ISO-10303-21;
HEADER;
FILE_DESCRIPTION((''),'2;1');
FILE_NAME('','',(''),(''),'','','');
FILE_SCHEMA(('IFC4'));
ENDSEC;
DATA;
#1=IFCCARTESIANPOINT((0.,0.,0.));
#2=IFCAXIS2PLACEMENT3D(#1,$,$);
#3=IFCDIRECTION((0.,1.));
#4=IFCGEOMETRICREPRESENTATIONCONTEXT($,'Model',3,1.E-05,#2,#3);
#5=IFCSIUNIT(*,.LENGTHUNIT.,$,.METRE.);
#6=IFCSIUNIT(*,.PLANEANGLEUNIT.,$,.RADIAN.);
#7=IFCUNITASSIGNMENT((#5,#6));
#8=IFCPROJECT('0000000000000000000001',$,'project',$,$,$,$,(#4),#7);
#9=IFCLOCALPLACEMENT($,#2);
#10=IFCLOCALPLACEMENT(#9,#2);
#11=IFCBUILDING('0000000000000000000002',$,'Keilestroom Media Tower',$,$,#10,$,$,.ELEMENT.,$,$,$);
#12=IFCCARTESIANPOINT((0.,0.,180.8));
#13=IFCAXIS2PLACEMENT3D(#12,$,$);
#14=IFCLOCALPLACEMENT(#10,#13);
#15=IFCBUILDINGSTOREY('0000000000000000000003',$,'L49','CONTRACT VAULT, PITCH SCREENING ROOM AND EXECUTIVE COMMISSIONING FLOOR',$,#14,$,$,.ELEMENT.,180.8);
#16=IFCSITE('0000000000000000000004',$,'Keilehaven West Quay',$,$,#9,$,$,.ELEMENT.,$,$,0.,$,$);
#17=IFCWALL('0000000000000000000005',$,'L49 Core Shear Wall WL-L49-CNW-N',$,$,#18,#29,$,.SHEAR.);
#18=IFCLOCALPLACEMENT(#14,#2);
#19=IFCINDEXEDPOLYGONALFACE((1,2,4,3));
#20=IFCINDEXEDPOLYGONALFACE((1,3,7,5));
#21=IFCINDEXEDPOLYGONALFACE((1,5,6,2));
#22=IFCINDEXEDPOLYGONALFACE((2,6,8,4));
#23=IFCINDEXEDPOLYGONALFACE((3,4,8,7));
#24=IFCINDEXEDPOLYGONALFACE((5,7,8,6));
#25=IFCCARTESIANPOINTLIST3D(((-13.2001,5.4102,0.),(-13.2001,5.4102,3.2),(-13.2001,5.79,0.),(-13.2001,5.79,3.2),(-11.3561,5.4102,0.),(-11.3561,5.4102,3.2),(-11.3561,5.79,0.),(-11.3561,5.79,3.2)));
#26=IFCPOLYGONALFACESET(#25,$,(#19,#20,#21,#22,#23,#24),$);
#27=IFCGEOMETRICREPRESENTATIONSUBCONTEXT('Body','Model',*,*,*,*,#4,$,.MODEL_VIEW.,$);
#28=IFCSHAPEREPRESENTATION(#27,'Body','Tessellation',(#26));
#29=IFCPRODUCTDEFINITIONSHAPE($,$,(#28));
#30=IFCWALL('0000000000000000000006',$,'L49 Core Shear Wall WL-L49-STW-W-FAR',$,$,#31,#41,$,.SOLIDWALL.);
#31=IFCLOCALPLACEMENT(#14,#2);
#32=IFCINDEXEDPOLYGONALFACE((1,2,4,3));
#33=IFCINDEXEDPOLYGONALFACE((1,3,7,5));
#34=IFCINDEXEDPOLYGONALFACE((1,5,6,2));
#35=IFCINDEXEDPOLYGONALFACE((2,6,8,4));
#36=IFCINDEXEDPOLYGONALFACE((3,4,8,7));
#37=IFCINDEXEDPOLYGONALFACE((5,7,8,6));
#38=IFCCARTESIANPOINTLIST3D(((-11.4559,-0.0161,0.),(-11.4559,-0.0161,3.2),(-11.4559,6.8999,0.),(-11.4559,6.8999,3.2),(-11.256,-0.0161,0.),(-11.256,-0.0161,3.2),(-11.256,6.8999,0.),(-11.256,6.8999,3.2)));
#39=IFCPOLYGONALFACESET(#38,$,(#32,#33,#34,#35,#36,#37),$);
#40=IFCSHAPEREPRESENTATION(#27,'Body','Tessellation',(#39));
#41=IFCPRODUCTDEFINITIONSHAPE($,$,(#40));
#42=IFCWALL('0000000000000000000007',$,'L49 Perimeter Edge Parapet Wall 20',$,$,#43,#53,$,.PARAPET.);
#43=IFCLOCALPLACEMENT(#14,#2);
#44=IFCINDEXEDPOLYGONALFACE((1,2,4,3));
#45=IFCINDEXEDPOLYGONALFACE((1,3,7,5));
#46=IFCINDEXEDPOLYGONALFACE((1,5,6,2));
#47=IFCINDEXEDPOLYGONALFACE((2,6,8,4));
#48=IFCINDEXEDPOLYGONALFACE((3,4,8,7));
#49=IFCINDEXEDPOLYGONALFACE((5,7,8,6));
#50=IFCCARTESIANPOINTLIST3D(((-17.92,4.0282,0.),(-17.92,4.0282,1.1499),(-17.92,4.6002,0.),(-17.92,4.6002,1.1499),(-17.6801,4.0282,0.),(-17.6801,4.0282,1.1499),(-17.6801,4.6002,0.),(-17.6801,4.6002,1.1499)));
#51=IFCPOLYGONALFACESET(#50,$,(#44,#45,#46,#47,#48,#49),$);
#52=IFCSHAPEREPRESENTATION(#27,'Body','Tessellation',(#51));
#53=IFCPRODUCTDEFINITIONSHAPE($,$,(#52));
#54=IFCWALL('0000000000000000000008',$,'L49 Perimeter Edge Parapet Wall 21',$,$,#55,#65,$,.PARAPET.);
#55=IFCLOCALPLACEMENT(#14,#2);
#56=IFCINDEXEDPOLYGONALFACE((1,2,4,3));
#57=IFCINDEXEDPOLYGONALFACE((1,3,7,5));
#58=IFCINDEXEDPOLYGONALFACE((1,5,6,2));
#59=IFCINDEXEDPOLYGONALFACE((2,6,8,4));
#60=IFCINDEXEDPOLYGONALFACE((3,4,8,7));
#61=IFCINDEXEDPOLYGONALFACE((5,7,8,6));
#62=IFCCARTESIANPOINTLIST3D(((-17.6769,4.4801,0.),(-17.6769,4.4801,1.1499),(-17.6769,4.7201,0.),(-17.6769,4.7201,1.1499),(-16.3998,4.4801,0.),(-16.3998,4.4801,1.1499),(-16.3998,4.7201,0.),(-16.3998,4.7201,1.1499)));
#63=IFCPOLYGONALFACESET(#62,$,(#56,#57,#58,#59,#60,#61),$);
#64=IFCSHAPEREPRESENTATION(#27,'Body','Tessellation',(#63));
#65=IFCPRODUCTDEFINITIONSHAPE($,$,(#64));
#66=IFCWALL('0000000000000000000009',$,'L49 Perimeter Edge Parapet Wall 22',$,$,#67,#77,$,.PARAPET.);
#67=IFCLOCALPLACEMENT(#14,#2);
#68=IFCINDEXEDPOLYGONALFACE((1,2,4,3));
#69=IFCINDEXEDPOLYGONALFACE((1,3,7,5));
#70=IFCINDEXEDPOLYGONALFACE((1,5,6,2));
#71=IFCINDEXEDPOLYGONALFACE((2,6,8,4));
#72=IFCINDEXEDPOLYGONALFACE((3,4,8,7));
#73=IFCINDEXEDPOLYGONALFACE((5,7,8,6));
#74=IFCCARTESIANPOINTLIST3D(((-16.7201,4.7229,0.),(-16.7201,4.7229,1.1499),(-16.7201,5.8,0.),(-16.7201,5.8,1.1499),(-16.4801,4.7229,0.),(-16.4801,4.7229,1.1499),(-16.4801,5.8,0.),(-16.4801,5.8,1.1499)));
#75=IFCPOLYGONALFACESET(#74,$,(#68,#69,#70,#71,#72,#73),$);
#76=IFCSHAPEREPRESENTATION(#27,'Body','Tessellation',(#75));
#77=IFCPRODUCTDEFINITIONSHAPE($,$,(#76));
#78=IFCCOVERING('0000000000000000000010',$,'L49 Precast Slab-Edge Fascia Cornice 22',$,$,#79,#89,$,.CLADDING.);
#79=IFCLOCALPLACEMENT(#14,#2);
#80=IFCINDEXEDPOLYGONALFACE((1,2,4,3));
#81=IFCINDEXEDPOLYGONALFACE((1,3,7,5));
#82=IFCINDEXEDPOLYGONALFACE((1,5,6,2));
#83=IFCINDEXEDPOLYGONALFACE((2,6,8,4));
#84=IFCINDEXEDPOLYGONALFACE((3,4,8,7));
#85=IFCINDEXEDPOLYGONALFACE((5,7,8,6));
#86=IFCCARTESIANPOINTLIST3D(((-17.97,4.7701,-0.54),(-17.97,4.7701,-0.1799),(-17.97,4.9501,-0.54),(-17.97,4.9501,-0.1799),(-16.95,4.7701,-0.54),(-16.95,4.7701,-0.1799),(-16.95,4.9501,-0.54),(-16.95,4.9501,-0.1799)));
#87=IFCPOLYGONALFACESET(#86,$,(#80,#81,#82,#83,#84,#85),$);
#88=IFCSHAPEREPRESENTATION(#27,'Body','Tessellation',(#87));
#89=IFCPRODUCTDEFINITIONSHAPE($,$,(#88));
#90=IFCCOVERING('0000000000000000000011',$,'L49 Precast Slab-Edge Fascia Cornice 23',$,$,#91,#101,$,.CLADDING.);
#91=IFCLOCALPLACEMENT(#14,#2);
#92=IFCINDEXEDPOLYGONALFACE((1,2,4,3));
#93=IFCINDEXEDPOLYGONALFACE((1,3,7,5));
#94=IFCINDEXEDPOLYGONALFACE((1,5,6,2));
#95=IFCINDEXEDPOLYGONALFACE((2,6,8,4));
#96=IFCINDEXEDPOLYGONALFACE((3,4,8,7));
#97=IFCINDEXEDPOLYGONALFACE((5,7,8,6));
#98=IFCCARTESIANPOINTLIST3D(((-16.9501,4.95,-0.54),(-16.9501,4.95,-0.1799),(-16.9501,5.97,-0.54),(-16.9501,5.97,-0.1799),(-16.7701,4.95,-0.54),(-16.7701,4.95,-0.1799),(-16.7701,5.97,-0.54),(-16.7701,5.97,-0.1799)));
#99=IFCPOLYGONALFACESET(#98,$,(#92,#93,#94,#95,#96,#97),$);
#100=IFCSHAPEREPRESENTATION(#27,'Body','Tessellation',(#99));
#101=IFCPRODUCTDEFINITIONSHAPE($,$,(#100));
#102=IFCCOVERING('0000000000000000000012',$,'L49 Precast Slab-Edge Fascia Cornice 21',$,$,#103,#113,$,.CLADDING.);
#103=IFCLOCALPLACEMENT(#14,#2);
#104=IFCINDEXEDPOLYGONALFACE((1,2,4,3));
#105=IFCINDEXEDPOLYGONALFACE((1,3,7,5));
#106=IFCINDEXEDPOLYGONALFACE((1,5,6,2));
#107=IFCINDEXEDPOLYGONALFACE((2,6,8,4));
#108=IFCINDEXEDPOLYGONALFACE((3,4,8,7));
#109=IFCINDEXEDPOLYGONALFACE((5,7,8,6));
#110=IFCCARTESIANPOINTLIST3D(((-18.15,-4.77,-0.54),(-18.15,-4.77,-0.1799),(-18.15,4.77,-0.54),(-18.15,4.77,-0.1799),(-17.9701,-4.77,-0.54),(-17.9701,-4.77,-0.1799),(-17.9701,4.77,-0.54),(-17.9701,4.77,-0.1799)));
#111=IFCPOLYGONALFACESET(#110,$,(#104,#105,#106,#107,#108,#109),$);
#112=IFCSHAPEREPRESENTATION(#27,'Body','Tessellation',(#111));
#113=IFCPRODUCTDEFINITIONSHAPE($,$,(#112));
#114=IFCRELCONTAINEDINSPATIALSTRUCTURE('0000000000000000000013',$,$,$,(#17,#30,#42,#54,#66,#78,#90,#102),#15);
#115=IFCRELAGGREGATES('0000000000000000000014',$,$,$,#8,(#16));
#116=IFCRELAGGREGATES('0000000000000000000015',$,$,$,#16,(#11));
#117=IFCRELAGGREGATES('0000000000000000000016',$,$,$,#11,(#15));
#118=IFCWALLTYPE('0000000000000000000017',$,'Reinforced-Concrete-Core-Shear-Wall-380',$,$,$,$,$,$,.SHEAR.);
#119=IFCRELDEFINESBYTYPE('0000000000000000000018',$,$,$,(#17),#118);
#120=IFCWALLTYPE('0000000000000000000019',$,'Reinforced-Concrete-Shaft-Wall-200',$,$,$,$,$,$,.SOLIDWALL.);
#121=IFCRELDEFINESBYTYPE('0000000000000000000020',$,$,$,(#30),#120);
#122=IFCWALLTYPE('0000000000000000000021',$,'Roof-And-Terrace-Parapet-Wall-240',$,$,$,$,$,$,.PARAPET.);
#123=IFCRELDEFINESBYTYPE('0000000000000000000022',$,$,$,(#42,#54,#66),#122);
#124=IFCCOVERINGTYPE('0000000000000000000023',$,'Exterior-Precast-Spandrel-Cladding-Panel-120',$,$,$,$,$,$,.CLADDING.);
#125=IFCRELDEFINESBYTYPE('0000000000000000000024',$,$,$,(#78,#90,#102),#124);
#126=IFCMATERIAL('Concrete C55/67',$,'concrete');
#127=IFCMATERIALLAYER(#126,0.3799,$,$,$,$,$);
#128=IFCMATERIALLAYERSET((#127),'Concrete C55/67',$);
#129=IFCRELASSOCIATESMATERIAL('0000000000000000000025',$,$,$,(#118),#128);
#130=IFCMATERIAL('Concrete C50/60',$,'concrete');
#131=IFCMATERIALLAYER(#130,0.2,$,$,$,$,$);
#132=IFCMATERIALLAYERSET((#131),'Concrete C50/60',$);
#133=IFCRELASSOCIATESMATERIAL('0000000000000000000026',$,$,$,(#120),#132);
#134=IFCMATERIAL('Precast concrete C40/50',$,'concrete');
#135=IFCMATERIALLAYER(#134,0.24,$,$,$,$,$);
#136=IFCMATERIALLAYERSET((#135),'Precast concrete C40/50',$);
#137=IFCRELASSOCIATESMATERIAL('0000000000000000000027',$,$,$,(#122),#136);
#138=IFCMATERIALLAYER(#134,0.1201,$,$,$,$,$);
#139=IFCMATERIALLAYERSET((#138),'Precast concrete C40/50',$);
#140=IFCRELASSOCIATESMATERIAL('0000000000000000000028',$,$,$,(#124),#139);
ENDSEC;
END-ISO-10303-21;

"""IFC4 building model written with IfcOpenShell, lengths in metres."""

from ifc_helpers import new_model, si_unit, direction, frame, frame_2d, origin, origin_2d, place, context, subcontext, project, spatial, rectangle, extrude, source, transform, mapped, material, layer, layer_set, type_object, element, save


model = new_model("IFC4")

# Units and contexts
model_context = context("Model", 3, precision=1e-05, world=origin(), true_north=direction((0.0, 1.0)))
body_context = subcontext(model_context, "Body", "Model", "MODEL_VIEW")
ifc_project = project(units=[si_unit("LENGTHUNIT", "METRE"), si_unit("PLANEANGLEUNIT", "RADIAN")], contexts=[model_context])

# Site, building, storey
site_placement = place(None, origin())
site = spatial("IfcSite", under=ifc_project, at=site_placement, Name="Keilehaven West Quay", CompositionType="ELEMENT", RefElevation=0.0)
building_placement = place(site_placement, origin())
building = spatial("IfcBuilding", under=site, at=building_placement, Name="Keilestroom Media Tower", CompositionType="ELEMENT")
storey_placement = place(building_placement, frame((0.0, 0.0, 180.8)))
storey = spatial("IfcBuildingStorey", under=building, at=storey_placement, Name="L49", Description="CONTRACT VAULT, PITCH SCREENING ROOM AND EXECUTIVE COMMISSIONING FLOOR", CompositionType="ELEMENT", Elevation=180.8)

# Shared definitions
ifc_material_1 = material(Name="Precast concrete C40/50", Category="concrete")
ifc_material_2 = material(Name="Concrete C55/67", Category="concrete")

# Walls
ifc_layer_1 = layer(ifc_material_2, 0.3799)
ifc_layer_set_1 = layer_set([ifc_layer_1], Name="Concrete C55/67")
wall_type_1 = type_object("IfcWallType", Name="Reinforced-Concrete-Core-Shear-Wall-380", PredefinedType="SHEAR", material=ifc_layer_set_1)
wall_1_placement = place(storey_placement, frame((-13.2, 5.6001, 0.0), z_axis=(0.0, 0.0, 1.0), x_axis=(1.0, 0.0, 0.0)))
element("IfcWall", 1, at=wall_1_placement, inside=storey, type_object=wall_type_1, Name="L49 Core Shear Wall WL-L49-CNW-N", PredefinedType="SHEAR", context=body_context, shape_type="SweptSolid", body=[
    extrude(rectangle(XDim=1.844, YDim=0.3799, at=frame_2d((0.9219, 0.0))), origin(), (0.0, 0.0, 1.0), 3.2),
])
ifc_material_3 = material(Name="Concrete C50/60", Category="concrete")
ifc_layer_2 = layer(ifc_material_3, 0.2)
ifc_layer_set_2 = layer_set([ifc_layer_2], Name="Concrete C50/60")
wall_type_2 = type_object("IfcWallType", Name="Reinforced-Concrete-Shaft-Wall-200", PredefinedType="SOLIDWALL", material=ifc_layer_set_2)
wall_2_placement = place(storey_placement, frame((-11.356, -0.0161, 0.0), z_axis=(0.0, 0.0, 1.0), x_axis=(0.0, 1.0, 0.0)))
element("IfcWall", 2, at=wall_2_placement, inside=storey, type_object=wall_type_2, Name="L49 Core Shear Wall WL-L49-STW-W-FAR", PredefinedType="SOLIDWALL", context=body_context, shape_type="SweptSolid", body=[
    extrude(rectangle(XDim=6.916, YDim=0.2, at=frame_2d((3.458, 0.0))), origin(), (0.0, 0.0, 1.0), 3.2),
])
ifc_layer_3 = layer(ifc_material_1, 0.24)
ifc_layer_set_3 = layer_set([ifc_layer_3], Name="Precast concrete C40/50")
wall_type_3 = type_object("IfcWallType", Name="Roof-And-Terrace-Parapet-Wall-240", PredefinedType="PARAPET", material=ifc_layer_set_3)
wall_3_placement = place(storey_placement, frame((-17.8, 4.0281, 0.0), z_axis=(0.0, 0.0, 1.0), x_axis=(0.0, 1.0, 0.0)))
element("IfcWall", 3, at=wall_3_placement, inside=storey, type_object=wall_type_3, Name="L49 Perimeter Edge Parapet Wall 20", PredefinedType="PARAPET", context=body_context, shape_type="SweptSolid", body=[
    extrude(rectangle(XDim=0.572, YDim=0.24, at=frame_2d((0.2861, 0.0))), origin(), (0.0, 0.0, 1.0), 1.1499),
])
wall_4_placement = place(storey_placement, frame((-17.677, 4.6001, 0.0), z_axis=(0.0, 0.0, 1.0), x_axis=(1.0, 0.0, 0.0)))
element("IfcWall", 4, at=wall_4_placement, inside=storey, type_object=wall_type_3, Name="L49 Perimeter Edge Parapet Wall 21", PredefinedType="PARAPET", context=body_context, shape_type="SweptSolid", body=[
    extrude(rectangle(XDim=1.2771, YDim=0.24, at=frame_2d((0.6387, 0.0))), origin(), (0.0, 0.0, 1.0), 1.1499),
])
wall_5_placement = place(storey_placement, frame((-16.6001, 4.7229, 0.0), z_axis=(0.0, 0.0, 1.0), x_axis=(0.0, 1.0, 0.0)))
element("IfcWall", 5, at=wall_5_placement, inside=storey, type_object=wall_type_3, Name="L49 Perimeter Edge Parapet Wall 22", PredefinedType="PARAPET", context=body_context, shape_type="SweptSolid", body=[
    extrude(rectangle(XDim=1.0771, YDim=0.24, at=frame_2d((0.5386, 0.0))), origin(), (0.0, 0.0, 1.0), 1.1499),
])

# Coverings
ifc_layer_4 = layer(ifc_material_1, 0.1201)
ifc_layer_set_4 = layer_set([ifc_layer_4], Name="Precast concrete C40/50")
covering_type = type_object("IfcCoveringType", Name="Exterior-Precast-Spandrel-Cladding-Panel-120", PredefinedType="CLADDING", material=ifc_layer_set_4)
shared_shape_1 = source(origin(), body_context, "Body", "SweptSolid", [
    extrude(rectangle(XDim=1.02, YDim=0.1799, at=origin_2d()), origin(), (0.0, 0.0, 1.0), 0.3601),
])
for number, where, z_axis, x_axis, name in (
    (6, (-17.46, 4.8601, -0.54), (0.0, 0.0, 1.0), (1.0, 0.0, 0.0), "L49 Precast Slab-Edge Fascia Cornice 22"),
    (7, (-16.8601, 5.46, -0.54), (0.0, 0.0, 1.0), (0.0, 1.0, 0.0), "L49 Precast Slab-Edge Fascia Cornice 23"),
):
    element("IfcCovering", number, at=place(storey_placement, frame(where, z_axis=z_axis, x_axis=x_axis)), inside=storey, type_object=covering_type, Name=name, PredefinedType="CLADDING", context=body_context, shape_type="MappedRepresentation", body=[
        mapped(shared_shape_1, transform((0.0, 0.0, 0.0), x_axis=(1.0, 0.0, 0.0), y_axis=(0.0, 1.0, 0.0), z_axis=(0.0, 0.0, 1.0), scale=1.0)),
    ])
shared_shape_2 = source(origin(), body_context, "Body", "SweptSolid", [
    extrude(rectangle(XDim=9.54, YDim=0.1799, at=origin_2d()), origin(), (0.0, 0.0, 1.0), 0.3601),
])
covering_placement = place(storey_placement, frame((-18.0601, 0.0, -0.54), z_axis=(0.0, 0.0, 1.0), x_axis=(0.0, 1.0, 0.0)))
element("IfcCovering", 8, at=covering_placement, inside=storey, type_object=covering_type, Name="L49 Precast Slab-Edge Fascia Cornice 21", PredefinedType="CLADDING", context=body_context, shape_type="MappedRepresentation", body=[
    mapped(shared_shape_2, transform((0.0, 0.0, 0.0), x_axis=(1.0, 0.0, 0.0), y_axis=(0.0, 1.0, 0.0), z_axis=(0.0, 0.0, 1.0), scale=1.0)),
])

save(model, "model.ifc")
